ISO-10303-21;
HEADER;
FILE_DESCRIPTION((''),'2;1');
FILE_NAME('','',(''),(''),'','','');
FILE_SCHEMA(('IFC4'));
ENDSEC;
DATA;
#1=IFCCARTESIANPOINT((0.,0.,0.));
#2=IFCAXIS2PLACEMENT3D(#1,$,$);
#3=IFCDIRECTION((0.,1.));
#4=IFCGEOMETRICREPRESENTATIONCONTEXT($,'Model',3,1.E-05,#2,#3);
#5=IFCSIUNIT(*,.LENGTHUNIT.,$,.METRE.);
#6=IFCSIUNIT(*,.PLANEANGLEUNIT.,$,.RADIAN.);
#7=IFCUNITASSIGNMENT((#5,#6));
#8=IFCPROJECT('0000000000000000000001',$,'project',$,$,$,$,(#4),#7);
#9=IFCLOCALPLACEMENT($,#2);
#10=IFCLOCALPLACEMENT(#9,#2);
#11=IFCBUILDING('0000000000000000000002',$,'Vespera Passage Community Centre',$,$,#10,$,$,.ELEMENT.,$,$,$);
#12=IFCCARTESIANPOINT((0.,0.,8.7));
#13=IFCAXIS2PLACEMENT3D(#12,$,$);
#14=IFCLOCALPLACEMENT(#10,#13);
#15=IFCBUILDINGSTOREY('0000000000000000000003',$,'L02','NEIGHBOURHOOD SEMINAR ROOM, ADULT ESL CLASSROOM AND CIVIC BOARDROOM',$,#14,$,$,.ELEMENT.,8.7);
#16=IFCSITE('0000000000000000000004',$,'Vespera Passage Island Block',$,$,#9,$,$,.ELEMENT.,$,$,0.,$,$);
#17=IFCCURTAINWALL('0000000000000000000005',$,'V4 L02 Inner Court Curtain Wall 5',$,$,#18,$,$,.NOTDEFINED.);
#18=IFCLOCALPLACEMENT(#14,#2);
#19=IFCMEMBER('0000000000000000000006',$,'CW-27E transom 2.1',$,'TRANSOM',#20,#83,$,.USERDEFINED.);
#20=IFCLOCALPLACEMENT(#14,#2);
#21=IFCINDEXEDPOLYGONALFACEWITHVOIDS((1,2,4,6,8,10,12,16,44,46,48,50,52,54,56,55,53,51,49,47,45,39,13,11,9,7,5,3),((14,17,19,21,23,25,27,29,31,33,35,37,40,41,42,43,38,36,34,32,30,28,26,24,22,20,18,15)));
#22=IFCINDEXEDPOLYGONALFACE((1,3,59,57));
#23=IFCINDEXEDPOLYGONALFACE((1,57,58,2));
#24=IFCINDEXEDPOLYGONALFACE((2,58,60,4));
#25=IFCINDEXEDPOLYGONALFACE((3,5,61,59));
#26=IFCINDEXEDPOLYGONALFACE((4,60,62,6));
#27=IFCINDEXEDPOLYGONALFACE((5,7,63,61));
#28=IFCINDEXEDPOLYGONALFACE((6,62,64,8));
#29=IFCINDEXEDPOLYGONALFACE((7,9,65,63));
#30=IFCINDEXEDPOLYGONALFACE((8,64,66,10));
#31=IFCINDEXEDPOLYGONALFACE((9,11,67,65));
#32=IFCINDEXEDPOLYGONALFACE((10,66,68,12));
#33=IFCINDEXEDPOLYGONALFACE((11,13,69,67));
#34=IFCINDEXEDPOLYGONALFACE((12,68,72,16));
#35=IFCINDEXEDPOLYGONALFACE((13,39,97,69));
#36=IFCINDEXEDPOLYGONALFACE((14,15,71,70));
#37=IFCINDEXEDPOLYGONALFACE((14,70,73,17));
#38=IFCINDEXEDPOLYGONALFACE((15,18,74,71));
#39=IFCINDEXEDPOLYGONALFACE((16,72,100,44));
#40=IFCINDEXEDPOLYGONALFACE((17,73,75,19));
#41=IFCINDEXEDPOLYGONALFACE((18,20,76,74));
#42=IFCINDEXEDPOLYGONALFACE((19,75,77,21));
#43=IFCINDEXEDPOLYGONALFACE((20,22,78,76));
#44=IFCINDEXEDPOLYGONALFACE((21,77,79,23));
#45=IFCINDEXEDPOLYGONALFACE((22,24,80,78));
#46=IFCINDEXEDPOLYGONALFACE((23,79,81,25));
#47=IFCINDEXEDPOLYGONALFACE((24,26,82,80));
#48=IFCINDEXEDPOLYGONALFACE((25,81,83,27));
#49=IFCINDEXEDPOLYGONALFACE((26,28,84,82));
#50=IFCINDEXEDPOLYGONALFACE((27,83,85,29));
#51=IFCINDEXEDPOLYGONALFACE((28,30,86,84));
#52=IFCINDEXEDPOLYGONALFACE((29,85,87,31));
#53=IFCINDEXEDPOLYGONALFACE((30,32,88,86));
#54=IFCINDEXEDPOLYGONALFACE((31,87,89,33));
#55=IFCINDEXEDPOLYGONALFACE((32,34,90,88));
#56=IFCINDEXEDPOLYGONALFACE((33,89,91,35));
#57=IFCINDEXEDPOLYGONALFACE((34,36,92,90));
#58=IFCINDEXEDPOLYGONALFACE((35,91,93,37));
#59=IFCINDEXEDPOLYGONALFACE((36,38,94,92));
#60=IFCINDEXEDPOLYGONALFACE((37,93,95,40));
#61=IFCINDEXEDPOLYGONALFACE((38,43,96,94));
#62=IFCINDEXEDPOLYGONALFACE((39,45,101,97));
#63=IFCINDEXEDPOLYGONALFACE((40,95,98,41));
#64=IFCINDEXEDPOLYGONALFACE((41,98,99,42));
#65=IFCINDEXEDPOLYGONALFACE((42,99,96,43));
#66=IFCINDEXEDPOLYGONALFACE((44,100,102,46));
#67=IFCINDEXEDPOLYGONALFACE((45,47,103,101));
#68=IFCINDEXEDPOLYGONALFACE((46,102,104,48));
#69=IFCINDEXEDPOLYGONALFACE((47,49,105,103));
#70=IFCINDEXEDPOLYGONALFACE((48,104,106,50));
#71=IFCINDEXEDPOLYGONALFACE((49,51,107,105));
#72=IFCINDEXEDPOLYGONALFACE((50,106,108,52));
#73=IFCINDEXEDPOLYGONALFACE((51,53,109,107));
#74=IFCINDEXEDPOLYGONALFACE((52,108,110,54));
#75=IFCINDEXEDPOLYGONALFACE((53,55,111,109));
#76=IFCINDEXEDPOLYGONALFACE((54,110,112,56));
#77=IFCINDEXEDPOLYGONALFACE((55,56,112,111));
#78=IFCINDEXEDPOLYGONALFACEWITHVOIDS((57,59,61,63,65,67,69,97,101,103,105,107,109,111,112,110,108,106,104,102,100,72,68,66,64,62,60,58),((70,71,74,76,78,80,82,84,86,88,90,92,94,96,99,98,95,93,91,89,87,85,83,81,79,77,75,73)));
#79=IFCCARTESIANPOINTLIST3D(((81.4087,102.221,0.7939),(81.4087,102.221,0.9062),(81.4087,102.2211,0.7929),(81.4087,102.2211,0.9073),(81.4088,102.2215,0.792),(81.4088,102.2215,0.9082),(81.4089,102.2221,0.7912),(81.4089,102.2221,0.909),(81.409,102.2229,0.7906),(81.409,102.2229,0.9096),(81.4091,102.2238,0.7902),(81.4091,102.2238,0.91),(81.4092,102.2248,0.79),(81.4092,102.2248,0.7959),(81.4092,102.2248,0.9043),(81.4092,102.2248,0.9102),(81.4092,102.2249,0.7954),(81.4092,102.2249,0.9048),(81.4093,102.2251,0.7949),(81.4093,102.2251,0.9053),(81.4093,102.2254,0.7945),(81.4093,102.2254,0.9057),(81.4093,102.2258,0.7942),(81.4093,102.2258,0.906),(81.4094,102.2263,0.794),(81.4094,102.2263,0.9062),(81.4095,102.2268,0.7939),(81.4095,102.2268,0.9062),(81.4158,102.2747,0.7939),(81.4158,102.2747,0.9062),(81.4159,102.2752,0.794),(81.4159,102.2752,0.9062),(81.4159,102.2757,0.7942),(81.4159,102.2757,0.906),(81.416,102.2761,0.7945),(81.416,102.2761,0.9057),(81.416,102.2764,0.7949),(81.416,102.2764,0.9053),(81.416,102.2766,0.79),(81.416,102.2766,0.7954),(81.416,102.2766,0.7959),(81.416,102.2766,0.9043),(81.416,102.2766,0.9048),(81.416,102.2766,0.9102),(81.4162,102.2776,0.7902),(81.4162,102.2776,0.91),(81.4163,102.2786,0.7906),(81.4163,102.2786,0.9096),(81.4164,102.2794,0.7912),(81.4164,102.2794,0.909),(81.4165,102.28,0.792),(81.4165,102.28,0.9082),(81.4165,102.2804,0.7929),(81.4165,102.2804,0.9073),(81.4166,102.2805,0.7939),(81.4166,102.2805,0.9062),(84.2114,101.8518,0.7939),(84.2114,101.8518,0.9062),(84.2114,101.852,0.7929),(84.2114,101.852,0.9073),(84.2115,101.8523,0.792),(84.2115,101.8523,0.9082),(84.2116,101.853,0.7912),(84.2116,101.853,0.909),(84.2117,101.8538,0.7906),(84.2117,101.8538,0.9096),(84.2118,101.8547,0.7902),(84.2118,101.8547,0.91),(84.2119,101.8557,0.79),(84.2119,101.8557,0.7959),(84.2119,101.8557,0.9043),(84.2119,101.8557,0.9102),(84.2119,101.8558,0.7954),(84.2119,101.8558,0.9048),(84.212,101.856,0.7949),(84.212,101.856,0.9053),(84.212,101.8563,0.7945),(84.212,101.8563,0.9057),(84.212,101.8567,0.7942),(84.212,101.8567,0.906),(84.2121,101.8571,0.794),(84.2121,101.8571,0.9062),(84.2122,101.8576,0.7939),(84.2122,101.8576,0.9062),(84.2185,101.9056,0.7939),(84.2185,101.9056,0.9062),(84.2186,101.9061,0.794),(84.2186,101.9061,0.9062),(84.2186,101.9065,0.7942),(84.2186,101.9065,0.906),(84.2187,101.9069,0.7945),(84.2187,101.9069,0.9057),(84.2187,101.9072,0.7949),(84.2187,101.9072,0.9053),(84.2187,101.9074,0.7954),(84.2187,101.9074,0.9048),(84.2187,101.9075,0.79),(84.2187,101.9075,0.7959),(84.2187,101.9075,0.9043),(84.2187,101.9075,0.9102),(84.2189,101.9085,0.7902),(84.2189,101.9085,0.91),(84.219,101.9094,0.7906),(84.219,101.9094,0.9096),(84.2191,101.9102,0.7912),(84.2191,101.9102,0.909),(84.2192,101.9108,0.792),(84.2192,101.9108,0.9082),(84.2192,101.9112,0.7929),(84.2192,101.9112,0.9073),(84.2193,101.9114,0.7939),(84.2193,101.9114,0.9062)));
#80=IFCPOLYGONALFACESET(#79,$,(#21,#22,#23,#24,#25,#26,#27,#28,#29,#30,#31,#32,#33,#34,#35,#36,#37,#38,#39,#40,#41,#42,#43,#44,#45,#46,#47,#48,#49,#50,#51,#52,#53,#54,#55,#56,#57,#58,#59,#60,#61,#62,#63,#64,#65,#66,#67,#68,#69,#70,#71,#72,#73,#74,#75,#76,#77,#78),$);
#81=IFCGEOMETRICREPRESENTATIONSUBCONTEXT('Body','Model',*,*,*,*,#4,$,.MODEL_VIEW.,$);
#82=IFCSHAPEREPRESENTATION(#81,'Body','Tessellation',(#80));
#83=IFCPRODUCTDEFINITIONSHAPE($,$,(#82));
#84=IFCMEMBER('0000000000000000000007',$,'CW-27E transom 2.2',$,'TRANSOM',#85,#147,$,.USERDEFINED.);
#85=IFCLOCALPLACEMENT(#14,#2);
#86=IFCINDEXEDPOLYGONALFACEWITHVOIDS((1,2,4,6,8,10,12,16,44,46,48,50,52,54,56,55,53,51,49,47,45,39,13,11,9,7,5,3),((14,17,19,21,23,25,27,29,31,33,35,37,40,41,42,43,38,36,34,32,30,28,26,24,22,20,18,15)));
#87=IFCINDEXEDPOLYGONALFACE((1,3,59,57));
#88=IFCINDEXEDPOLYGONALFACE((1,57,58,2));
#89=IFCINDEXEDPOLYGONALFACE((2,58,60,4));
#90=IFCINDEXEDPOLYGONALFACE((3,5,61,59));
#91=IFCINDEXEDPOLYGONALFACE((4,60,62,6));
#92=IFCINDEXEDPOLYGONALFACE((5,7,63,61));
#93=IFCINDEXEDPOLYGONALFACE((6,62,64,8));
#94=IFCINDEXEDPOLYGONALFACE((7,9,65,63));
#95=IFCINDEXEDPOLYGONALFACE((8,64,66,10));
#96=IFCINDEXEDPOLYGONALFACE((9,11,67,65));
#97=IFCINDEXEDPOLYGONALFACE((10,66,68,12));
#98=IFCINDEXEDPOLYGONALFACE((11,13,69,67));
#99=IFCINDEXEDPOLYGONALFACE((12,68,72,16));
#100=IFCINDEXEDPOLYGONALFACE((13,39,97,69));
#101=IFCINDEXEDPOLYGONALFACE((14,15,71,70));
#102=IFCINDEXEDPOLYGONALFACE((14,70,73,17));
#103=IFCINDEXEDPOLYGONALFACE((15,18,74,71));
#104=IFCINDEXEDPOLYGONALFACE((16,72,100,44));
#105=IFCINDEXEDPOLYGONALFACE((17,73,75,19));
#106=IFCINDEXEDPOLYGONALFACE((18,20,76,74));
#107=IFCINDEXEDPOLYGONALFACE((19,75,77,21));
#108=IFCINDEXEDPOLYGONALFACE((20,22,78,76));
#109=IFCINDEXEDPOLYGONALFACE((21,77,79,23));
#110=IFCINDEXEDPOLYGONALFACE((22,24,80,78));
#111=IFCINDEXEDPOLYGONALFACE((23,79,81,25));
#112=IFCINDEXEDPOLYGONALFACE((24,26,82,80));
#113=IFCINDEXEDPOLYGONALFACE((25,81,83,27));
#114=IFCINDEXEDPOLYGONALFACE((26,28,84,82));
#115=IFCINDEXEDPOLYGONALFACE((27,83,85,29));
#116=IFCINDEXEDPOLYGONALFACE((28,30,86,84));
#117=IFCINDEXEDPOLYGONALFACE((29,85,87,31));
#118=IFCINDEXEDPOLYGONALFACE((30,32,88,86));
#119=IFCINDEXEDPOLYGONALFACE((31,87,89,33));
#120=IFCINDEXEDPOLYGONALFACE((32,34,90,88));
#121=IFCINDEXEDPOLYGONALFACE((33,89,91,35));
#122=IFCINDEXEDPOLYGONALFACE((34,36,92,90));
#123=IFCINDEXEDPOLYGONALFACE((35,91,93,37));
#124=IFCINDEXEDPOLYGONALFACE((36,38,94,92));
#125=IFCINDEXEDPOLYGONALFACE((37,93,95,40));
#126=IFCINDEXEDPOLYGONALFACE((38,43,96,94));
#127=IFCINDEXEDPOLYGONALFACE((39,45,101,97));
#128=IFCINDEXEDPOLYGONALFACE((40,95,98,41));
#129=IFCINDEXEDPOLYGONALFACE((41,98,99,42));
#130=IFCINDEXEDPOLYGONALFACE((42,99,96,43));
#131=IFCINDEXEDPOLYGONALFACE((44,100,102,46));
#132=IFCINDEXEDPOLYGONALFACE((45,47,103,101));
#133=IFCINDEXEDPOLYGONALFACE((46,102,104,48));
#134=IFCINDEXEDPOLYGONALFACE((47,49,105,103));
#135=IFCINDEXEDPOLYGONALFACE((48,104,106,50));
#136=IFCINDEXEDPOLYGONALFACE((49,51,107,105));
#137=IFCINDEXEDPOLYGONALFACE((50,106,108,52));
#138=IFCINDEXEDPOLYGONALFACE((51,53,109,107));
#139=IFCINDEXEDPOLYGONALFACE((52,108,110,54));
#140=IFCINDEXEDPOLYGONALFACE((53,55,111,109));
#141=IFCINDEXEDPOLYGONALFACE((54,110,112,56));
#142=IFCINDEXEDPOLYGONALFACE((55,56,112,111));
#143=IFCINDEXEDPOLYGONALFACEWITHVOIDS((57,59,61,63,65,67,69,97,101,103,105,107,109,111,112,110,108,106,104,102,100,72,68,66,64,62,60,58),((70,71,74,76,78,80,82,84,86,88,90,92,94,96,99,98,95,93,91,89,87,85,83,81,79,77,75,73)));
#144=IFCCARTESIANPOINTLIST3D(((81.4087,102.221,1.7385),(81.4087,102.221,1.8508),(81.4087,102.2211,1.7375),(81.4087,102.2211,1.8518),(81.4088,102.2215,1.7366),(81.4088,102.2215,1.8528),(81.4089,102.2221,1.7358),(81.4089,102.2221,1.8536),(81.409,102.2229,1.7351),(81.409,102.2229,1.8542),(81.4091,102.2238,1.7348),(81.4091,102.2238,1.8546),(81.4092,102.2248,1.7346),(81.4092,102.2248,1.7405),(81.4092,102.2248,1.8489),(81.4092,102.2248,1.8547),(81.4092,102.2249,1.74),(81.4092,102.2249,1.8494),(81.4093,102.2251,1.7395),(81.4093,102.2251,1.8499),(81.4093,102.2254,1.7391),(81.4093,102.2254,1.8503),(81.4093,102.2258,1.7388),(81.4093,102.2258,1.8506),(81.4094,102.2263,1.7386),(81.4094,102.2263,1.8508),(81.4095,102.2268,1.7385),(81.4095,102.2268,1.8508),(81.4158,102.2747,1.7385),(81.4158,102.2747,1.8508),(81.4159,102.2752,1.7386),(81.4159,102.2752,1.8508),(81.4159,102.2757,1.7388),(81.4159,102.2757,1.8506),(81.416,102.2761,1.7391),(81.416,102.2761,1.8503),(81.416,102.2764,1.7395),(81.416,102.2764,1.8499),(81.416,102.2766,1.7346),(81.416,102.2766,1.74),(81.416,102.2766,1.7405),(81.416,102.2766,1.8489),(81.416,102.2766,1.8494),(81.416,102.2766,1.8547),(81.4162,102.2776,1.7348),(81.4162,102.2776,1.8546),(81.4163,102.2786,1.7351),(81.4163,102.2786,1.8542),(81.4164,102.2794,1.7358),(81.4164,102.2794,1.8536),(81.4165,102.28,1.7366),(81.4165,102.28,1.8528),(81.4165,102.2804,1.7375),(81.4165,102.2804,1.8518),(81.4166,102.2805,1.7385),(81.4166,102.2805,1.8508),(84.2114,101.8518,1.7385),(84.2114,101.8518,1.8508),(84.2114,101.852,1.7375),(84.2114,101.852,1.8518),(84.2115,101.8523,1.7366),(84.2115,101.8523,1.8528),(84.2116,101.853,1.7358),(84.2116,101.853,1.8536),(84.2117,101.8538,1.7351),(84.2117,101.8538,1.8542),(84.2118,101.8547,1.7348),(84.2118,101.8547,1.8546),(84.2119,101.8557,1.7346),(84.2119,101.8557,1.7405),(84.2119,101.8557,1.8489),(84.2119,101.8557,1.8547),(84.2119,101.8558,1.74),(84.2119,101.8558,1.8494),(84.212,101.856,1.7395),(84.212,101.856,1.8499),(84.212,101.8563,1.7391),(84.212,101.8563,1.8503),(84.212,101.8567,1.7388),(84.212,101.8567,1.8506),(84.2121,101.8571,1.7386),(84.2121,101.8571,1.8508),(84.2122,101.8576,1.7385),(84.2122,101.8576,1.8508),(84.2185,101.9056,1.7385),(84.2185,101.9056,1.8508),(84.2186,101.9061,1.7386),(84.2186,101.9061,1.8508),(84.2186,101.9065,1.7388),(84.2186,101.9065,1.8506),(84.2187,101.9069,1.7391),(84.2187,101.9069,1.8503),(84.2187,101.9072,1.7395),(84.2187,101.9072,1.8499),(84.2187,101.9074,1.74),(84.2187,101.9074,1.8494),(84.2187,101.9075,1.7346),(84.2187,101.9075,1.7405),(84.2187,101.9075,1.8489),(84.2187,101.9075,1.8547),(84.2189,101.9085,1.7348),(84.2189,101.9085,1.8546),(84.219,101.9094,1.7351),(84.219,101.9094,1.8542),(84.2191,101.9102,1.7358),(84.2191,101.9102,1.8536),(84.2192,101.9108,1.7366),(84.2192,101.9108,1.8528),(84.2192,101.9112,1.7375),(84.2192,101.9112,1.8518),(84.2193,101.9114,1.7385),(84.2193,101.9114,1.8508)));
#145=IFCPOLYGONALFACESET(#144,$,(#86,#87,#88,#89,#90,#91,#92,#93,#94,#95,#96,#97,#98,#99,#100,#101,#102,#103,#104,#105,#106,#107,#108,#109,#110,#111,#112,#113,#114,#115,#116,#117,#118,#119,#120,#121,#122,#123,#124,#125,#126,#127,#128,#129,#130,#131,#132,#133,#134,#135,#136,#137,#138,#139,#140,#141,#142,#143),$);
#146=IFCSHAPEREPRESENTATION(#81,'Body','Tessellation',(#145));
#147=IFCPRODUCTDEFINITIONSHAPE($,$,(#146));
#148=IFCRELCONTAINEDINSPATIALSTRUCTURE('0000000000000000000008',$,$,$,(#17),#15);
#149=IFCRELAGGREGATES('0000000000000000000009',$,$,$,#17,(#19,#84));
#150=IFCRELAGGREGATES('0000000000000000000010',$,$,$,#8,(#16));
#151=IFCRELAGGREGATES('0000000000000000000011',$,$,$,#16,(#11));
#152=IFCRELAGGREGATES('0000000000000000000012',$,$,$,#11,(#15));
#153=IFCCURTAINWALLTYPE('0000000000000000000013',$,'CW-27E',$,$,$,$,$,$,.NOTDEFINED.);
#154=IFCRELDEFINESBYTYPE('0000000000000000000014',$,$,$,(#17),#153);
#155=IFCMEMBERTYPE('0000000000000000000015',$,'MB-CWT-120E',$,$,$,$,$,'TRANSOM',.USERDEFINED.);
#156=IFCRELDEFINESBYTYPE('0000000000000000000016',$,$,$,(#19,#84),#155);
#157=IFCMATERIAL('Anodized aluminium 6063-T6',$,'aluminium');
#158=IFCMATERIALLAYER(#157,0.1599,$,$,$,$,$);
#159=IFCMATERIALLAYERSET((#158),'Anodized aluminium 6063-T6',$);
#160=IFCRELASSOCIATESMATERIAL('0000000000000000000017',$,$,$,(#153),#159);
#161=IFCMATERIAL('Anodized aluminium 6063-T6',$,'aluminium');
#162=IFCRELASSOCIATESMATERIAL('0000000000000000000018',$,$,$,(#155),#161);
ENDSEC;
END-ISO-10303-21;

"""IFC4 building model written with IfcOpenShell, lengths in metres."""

from ifc_helpers import new_model, si_unit, direction, frame, origin, origin_2d, place, context, subcontext, project, spatial, hollow_rectangle, extrude, material, layer, layer_set, material_profile, profile_set, type_object, element, aggregate, save


model = new_model("IFC4")

# Units and contexts
model_context = context("Model", 3, precision=1e-05, world=origin(), true_north=direction((0.0, 1.0)))
body_context = subcontext(model_context, "Body", "Model", "MODEL_VIEW")
ifc_project = project(units=[si_unit("LENGTHUNIT", "METRE"), si_unit("PLANEANGLEUNIT", "RADIAN")], contexts=[model_context])

# Site, building, storey
site_placement = place(None, origin())
site = spatial("IfcSite", under=ifc_project, at=site_placement, Name="Vespera Passage Island Block", CompositionType="ELEMENT", RefElevation=0.0)
building_placement = place(site_placement, origin())
building = spatial("IfcBuilding", under=site, at=building_placement, Name="Vespera Passage Community Centre", CompositionType="ELEMENT")
storey_placement = place(building_placement, frame((0.0, 0.0, 8.7)))
storey = spatial("IfcBuildingStorey", under=building, at=storey_placement, Name="L02", Description="NEIGHBOURHOOD SEMINAR ROOM, ADULT ESL CLASSROOM AND CIVIC BOARDROOM", CompositionType="ELEMENT", Elevation=8.7)

# Curtain wall
ifc_material_1 = material(Name="Anodized aluminium 6063-T6", Category="aluminium")
ifc_layer_1 = layer(ifc_material_1, 0.1599)
ifc_layer_set_1 = layer_set([ifc_layer_1], Name="Anodized aluminium 6063-T6")
curtain_wall_type_1 = type_object("IfcCurtainWallType", Name="CW-27E", PredefinedType="NOTDEFINED", material=ifc_layer_set_1)
curtain_wall_1_placement = place(storey_placement, origin())
curtain_wall_1 = element("IfcCurtainWall", 1, at=curtain_wall_1_placement, inside=storey, type_object=curtain_wall_type_1, Name="V4 L02 Inner Court Curtain Wall 5", PredefinedType="NOTDEFINED")

# Members
ifc_material_2 = material(Name="Anodized aluminium 6063-T6", Category="aluminium")
ifc_material_profile_1 = material_profile(ifc_material_2, hollow_rectangle(XDim=0.0601, YDim=0.1201, WallThickness=0.0039, InnerFilletRadius=0.002, OuterFilletRadius=0.0039, at=origin_2d()), Name="ALU120X60X4")
ifc_profile_set_1 = profile_set([ifc_material_profile_1], Name="Anodized aluminium 6063-T6")
member_type_1 = type_object("IfcMemberType", Name="MB-CWT-120E", ElementType="TRANSOM", PredefinedType="USERDEFINED", material=ifc_profile_set_1)
member_1_placement = place(storey_placement, frame((84.2153, 101.8816, 0.8501), z_axis=(-0.991438, 0.13058, 0.0), x_axis=(-0.13058, -0.991438, 0.0)))
member_1 = element("IfcMember", 2, at=member_1_placement, type_object=member_type_1, Name="CW-27E transom 2.1", ObjectType="TRANSOM", PredefinedType="USERDEFINED", context=body_context, shape_type="SweptSolid", body=[
    extrude(hollow_rectangle(XDim=0.0601, YDim=0.1201, WallThickness=0.0039, InnerFilletRadius=0.002, OuterFilletRadius=0.0039, at=origin_2d()), origin(), (0.0, 0.0, 1.0), 2.8269),
])
member_2_placement = place(storey_placement, frame((84.2153, 101.8816, 1.7947), z_axis=(-0.991438, 0.13058, 0.0), x_axis=(-0.13058, -0.991438, 0.0)))
member_2 = element("IfcMember", 3, at=member_2_placement, type_object=member_type_1, Name="CW-27E transom 2.2", ObjectType="TRANSOM", PredefinedType="USERDEFINED", context=body_context, shape_type="SweptSolid", body=[
    extrude(hollow_rectangle(XDim=0.0601, YDim=0.1201, WallThickness=0.0039, InnerFilletRadius=0.002, OuterFilletRadius=0.0039, at=origin_2d()), origin(), (0.0, 0.0, 1.0), 2.8269),
])

aggregate(curtain_wall_1, [member_1, member_2])

save(model, "model.ifc")
